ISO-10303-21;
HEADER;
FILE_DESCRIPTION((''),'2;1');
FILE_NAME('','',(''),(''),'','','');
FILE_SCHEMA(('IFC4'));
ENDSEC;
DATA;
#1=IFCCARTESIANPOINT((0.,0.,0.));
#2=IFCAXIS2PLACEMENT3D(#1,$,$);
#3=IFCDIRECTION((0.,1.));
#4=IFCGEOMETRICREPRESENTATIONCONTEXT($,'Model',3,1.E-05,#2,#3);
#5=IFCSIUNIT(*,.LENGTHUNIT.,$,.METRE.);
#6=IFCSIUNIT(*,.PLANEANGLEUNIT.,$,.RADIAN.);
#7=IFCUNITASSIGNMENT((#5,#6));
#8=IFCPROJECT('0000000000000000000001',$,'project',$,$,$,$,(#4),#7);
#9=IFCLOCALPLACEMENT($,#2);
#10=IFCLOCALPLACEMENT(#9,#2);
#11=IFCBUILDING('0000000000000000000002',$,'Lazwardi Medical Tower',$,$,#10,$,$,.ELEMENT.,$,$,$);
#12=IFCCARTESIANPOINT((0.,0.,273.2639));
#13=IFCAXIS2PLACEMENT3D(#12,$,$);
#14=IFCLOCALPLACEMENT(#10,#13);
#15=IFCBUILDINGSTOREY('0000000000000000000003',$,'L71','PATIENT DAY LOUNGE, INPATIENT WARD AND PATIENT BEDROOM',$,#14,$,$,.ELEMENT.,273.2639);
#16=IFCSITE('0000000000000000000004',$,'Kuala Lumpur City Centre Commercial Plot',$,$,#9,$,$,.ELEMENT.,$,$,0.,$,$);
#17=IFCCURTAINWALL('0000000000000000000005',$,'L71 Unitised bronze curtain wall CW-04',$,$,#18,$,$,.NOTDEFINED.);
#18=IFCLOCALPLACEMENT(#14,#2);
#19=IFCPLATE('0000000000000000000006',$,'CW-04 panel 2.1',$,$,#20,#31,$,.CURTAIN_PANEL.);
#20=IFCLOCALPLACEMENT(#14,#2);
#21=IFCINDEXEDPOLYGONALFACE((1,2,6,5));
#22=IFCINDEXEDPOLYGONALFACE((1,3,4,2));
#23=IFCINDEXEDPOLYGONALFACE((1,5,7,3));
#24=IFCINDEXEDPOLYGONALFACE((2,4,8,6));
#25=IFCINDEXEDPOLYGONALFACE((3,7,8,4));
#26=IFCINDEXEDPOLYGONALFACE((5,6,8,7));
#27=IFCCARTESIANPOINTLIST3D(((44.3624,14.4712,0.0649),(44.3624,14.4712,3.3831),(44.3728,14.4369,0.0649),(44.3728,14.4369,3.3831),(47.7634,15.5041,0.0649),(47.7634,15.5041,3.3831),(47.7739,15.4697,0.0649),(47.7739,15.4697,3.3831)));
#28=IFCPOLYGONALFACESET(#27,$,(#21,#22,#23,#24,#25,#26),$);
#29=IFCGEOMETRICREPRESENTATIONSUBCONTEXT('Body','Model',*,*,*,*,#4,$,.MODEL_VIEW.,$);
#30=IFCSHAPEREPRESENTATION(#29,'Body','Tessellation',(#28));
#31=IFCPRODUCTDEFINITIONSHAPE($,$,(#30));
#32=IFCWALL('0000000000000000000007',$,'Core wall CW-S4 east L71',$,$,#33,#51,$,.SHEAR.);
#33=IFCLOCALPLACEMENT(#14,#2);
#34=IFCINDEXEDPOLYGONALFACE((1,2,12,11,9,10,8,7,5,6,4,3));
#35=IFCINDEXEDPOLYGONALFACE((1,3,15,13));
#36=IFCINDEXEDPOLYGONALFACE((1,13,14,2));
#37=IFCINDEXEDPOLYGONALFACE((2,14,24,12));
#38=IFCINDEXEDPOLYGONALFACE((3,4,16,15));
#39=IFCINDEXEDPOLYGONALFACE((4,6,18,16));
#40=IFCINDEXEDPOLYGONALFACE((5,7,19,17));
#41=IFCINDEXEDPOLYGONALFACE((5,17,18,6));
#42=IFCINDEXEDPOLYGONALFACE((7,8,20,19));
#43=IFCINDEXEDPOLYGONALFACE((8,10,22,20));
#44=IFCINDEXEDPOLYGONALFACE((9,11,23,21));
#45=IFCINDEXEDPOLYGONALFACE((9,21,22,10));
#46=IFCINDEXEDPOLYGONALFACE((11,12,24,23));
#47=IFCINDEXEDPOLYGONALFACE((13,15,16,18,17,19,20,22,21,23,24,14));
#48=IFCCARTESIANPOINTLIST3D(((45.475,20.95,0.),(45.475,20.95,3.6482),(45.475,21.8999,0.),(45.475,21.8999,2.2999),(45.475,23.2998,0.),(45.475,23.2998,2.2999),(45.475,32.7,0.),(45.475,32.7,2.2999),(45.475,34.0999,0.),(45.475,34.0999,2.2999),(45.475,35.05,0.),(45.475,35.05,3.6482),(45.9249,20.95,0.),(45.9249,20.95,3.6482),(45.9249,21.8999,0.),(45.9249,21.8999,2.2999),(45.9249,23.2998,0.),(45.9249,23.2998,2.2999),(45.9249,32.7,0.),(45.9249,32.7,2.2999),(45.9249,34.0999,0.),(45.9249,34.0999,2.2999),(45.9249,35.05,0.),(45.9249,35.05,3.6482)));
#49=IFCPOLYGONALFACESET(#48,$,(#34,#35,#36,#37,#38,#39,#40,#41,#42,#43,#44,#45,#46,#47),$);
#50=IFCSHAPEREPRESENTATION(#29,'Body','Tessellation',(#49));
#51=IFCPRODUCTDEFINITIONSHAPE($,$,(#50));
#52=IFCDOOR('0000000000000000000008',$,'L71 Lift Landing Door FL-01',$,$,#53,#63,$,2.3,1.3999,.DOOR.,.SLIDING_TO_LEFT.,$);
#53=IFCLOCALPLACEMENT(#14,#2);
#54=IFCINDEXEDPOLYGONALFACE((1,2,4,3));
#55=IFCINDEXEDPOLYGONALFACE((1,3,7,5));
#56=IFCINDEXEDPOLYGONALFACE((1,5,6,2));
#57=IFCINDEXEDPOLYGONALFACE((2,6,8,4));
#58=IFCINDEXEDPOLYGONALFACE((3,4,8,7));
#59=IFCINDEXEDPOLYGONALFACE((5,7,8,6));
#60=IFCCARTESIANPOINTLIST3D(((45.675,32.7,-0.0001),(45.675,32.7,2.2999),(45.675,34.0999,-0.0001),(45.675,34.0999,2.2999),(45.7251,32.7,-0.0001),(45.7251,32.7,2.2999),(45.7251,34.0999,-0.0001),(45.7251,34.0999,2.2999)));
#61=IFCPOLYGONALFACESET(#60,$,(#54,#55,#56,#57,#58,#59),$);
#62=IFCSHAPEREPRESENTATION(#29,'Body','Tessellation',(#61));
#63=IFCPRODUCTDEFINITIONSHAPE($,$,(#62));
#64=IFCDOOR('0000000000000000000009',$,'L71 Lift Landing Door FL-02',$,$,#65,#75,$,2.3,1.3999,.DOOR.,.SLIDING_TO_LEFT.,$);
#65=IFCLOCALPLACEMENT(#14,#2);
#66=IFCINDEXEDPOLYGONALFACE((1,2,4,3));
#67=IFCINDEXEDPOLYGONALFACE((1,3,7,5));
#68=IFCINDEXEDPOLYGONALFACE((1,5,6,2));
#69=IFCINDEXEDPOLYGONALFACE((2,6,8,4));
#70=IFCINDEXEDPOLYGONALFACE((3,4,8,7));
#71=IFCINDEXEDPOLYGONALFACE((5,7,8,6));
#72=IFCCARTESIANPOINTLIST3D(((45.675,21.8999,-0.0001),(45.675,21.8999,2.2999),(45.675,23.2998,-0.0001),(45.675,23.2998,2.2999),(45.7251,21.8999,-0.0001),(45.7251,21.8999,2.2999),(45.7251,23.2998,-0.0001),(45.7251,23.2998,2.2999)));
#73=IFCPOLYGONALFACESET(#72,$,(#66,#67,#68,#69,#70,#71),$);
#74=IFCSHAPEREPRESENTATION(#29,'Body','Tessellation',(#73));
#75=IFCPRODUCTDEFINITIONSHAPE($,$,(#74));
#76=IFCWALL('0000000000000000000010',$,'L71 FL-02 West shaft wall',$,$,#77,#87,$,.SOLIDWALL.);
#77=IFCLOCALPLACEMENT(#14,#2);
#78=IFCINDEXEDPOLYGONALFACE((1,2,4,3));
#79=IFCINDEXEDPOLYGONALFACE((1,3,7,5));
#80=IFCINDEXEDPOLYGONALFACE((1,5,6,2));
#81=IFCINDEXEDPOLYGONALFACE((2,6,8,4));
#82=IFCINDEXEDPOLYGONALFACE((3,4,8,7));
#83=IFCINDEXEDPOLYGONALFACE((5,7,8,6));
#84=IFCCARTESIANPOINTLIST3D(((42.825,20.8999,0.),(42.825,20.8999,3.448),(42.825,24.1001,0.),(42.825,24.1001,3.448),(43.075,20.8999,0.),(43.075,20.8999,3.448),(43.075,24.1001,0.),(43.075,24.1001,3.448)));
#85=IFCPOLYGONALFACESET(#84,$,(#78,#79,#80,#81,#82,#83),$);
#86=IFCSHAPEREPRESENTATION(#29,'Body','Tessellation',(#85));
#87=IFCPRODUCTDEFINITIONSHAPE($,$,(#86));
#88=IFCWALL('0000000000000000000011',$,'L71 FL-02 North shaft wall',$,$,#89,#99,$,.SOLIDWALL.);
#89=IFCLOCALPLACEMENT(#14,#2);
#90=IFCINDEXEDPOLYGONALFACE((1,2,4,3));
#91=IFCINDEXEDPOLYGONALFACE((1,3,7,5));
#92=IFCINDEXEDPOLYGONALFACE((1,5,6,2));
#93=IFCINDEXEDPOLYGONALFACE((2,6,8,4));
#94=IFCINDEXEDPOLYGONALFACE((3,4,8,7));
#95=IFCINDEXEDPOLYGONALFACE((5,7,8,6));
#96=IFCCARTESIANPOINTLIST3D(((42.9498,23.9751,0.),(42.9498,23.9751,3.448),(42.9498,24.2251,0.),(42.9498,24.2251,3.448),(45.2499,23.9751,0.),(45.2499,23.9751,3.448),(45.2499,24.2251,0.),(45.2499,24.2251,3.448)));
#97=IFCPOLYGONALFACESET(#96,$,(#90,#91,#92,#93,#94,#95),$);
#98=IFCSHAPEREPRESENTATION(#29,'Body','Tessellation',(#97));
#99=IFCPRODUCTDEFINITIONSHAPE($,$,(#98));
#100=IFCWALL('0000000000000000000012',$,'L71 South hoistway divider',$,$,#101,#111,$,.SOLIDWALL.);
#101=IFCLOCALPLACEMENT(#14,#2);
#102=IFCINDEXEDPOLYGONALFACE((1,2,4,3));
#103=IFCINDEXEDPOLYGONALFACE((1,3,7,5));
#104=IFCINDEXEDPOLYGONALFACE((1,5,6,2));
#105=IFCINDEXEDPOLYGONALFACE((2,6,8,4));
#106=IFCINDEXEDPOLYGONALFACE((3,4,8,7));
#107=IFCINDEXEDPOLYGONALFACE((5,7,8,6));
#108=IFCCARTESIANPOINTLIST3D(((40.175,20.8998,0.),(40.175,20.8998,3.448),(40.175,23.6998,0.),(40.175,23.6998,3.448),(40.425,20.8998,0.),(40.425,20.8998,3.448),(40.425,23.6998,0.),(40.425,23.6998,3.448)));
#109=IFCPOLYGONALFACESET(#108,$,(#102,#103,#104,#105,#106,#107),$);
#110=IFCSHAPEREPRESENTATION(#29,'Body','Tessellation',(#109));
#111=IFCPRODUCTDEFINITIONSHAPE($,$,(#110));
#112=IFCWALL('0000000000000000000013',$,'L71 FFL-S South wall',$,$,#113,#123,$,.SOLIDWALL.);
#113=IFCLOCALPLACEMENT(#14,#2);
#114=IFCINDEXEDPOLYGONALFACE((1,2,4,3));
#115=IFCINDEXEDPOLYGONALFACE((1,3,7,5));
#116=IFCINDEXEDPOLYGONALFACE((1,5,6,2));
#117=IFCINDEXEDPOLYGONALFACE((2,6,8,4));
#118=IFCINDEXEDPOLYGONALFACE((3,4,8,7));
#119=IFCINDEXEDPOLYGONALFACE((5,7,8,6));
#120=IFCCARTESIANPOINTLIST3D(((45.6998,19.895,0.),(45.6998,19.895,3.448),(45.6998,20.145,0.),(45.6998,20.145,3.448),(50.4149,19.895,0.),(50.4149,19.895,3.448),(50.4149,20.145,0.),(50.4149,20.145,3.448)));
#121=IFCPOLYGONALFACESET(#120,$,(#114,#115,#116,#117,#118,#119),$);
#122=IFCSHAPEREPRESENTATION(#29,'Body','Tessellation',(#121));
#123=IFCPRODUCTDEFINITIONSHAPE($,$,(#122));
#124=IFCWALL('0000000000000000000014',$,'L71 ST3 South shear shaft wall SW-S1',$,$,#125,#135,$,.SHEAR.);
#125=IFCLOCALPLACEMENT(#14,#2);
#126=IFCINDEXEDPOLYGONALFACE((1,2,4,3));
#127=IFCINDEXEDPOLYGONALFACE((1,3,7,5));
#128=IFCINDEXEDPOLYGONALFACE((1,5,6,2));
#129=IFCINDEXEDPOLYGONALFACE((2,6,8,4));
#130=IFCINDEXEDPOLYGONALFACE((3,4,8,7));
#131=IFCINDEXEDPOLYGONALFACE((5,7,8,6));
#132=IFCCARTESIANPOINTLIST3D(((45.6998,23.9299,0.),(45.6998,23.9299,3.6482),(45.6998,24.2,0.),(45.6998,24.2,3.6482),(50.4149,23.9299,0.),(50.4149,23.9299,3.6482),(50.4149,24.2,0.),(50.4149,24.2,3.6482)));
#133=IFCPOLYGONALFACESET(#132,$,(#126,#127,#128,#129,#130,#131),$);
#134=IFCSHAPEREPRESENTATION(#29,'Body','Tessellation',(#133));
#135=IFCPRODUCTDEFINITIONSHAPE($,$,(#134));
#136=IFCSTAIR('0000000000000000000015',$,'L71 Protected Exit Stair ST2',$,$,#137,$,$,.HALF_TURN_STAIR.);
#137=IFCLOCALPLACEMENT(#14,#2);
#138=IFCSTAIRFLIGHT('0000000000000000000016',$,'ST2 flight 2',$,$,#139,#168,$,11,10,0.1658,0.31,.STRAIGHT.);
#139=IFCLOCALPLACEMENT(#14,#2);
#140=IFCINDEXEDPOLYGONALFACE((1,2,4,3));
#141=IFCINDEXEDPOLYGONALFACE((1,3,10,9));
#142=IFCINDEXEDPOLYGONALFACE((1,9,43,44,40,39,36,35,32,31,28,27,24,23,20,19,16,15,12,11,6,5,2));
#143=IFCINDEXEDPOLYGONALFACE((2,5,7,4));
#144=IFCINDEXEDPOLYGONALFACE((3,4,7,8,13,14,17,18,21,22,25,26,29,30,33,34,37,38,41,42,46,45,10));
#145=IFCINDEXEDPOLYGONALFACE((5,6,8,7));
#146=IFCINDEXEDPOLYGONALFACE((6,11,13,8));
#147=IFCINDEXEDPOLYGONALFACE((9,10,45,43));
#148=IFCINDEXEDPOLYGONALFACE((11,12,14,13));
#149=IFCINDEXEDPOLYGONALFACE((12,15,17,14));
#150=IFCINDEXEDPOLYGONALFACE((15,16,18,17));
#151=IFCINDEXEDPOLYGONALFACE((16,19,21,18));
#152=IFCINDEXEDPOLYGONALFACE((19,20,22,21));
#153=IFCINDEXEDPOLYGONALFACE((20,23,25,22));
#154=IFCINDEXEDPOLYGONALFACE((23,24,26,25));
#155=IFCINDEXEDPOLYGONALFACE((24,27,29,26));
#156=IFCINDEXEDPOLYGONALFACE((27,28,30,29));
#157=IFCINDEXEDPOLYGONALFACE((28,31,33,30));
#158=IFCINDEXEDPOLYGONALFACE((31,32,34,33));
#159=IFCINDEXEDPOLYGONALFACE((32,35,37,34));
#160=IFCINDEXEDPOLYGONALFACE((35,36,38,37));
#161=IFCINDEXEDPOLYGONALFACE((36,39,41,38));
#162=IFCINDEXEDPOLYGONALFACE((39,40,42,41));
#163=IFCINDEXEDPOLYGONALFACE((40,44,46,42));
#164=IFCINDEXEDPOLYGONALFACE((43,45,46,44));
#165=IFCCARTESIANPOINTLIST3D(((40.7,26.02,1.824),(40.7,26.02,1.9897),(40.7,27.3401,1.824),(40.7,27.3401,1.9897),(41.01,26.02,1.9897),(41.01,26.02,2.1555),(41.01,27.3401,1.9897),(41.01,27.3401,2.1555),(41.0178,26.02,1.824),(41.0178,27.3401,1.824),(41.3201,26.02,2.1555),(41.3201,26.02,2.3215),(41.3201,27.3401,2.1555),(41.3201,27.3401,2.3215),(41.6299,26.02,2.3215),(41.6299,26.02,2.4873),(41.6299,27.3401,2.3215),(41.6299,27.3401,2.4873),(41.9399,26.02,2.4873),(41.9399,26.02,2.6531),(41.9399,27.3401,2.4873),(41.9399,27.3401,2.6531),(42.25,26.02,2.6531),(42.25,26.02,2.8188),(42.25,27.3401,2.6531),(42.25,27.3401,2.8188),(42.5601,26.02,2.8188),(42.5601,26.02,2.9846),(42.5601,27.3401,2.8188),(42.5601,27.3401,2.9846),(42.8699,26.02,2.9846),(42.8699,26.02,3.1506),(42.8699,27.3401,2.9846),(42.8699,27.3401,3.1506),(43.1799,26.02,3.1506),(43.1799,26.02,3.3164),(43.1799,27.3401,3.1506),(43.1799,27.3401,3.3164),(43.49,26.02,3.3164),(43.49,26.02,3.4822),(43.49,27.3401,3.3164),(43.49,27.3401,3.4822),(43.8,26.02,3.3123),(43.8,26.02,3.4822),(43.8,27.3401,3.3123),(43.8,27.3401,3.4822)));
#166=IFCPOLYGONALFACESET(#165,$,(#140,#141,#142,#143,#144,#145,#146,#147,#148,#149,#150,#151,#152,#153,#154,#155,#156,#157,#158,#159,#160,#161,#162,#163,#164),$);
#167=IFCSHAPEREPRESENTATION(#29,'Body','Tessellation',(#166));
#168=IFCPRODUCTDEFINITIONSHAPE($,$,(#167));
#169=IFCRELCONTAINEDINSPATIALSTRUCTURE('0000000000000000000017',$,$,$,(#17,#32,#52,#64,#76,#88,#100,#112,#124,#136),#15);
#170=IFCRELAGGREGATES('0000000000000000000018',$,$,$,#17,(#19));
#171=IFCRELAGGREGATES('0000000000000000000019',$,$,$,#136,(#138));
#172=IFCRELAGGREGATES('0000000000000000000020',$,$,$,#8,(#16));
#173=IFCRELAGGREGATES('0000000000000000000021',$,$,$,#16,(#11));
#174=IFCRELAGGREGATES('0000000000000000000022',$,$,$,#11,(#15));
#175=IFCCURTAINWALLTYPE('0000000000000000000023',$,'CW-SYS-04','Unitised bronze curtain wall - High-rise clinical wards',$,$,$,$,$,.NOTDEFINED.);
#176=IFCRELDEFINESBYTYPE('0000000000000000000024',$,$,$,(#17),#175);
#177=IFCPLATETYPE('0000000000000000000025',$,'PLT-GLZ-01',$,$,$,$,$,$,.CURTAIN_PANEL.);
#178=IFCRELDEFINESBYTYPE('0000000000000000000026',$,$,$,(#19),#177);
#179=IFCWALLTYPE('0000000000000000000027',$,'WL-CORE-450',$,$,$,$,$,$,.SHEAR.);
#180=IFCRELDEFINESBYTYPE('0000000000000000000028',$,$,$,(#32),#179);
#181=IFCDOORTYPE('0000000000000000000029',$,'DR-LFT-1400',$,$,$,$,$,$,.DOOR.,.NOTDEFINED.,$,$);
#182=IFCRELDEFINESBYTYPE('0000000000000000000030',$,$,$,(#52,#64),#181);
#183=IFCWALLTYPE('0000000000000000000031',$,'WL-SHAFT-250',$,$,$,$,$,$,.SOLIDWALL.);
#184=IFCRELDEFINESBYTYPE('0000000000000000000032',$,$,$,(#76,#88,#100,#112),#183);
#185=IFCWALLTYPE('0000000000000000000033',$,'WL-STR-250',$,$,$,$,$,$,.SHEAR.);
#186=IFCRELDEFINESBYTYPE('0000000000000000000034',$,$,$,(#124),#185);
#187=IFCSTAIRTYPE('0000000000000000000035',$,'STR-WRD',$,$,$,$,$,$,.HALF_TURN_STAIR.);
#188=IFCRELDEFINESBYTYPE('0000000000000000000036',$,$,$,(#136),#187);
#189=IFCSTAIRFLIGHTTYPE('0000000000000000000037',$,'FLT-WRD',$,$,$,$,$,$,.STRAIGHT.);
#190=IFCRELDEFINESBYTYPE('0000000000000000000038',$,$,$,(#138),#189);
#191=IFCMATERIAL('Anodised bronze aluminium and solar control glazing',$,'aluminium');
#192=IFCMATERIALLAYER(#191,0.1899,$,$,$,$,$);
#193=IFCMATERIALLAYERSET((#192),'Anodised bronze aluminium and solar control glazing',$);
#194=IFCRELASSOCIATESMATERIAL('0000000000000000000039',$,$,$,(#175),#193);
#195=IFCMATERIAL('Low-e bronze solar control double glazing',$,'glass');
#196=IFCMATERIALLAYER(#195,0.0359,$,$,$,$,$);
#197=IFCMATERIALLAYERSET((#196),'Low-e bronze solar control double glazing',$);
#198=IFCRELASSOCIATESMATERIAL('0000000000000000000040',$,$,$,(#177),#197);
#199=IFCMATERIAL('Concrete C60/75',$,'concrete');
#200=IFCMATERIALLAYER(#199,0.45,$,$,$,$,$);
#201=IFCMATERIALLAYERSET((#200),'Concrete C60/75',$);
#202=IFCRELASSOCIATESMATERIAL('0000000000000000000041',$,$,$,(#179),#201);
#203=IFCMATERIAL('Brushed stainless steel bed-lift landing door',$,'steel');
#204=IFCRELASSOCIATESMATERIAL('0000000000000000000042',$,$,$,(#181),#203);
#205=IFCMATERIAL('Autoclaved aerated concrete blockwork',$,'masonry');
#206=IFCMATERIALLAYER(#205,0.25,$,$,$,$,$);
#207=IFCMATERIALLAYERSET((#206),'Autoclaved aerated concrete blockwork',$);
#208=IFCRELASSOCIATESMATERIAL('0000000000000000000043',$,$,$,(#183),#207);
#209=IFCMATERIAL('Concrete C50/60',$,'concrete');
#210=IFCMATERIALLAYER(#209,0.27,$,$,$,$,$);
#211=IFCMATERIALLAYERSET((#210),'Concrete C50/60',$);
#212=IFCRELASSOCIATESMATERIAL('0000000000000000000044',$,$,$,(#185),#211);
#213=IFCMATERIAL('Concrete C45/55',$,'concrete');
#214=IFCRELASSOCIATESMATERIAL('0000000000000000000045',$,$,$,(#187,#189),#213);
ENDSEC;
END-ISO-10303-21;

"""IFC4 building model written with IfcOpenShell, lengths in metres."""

from ifc_helpers import new_model, si_unit, direction, frame, frame_2d, origin, origin_2d, place, context, subcontext, project, spatial, polyline, rectangle, outline, extrude, material, layer, layer_set, type_object, element, fill, aggregate, save


model = new_model("IFC4")

# Units and contexts
model_context = context("Model", 3, precision=1e-05, world=origin(), true_north=direction((0.0, 1.0)))
body_context = subcontext(model_context, "Body", "Model", "MODEL_VIEW")
ifc_project = project(units=[si_unit("LENGTHUNIT", "METRE"), si_unit("PLANEANGLEUNIT", "RADIAN")], contexts=[model_context])

# Site, building, storey
site_placement = place(None, origin())
site = spatial("IfcSite", under=ifc_project, at=site_placement, Name="Kuala Lumpur City Centre Commercial Plot", CompositionType="ELEMENT", RefElevation=0.0)
building_placement = place(site_placement, origin())
building = spatial("IfcBuilding", under=site, at=building_placement, Name="Lazwardi Medical Tower", CompositionType="ELEMENT")
storey_placement = place(building_placement, frame((0.0, 0.0, 273.2639)))
storey = spatial("IfcBuildingStorey", under=building, at=storey_placement, Name="L71", Description="PATIENT DAY LOUNGE, INPATIENT WARD AND PATIENT BEDROOM", CompositionType="ELEMENT", Elevation=273.2639)

# Shared definitions
ifc_material_1 = material(Name="Concrete C60/75", Category="concrete")

# Curtain wall, plate
ifc_material_2 = material(Name="Anodised bronze aluminium and solar control glazing", Category="aluminium")
ifc_layer_1 = layer(ifc_material_2, 0.1899)
ifc_layer_set_1 = layer_set([ifc_layer_1], Name="Anodised bronze aluminium and solar control glazing")
curtain_wall_type = type_object("IfcCurtainWallType", Name="CW-SYS-04", Description="Unitised bronze curtain wall - High-rise clinical wards", PredefinedType="NOTDEFINED", material=ifc_layer_set_1)
curtain_wall_placement = place(storey_placement, origin())
curtain_wall = element("IfcCurtainWall", 1, at=curtain_wall_placement, inside=storey, type_object=curtain_wall_type, Name="L71 Unitised bronze curtain wall CW-04", PredefinedType="NOTDEFINED")
ifc_material_3 = material(Name="Low-e bronze solar control double glazing", Category="glass")
ifc_layer_2 = layer(ifc_material_3, 0.0359)
ifc_layer_set_2 = layer_set([ifc_layer_2], Name="Low-e bronze solar control double glazing")
plate_type = type_object("IfcPlateType", Name="PLT-GLZ-01", PredefinedType="CURTAIN_PANEL", material=ifc_layer_set_2)
plate_1_placement = place(storey_placement, frame((46.0681, 14.9705, 0.0649), z_axis=(0.0, 0.0, 1.0), x_axis=(0.95685, 0.290582, 0.0)))
plate_1 = element("IfcPlate", 2, at=plate_1_placement, type_object=plate_type, Name="CW-04 panel 2.1", PredefinedType="CURTAIN_PANEL", context=body_context, shape_type="SweptSolid", body=[
    extrude(rectangle(XDim=3.5544, YDim=0.0359, at=origin_2d()), origin(), (0.0, 0.0, 1.0), 3.3181),
])
aggregate(curtain_wall, [plate_1])

# Wall, openings, doors
ifc_layer_3 = layer(ifc_material_1, 0.45)
ifc_layer_set_3 = layer_set([ifc_layer_3], Name="Concrete C60/75")
wall_type_1 = type_object("IfcWallType", Name="WL-CORE-450", PredefinedType="SHEAR", material=ifc_layer_set_3)
wall_1_placement = place(storey_placement, frame((45.7, 20.95, 0.0), z_axis=(0.0, 0.0, 1.0), x_axis=(0.0, 1.0, 0.0)))
wall_1 = element("IfcWall", 3, at=wall_1_placement, inside=storey, type_object=wall_type_1, Name="Core wall CW-S4 east L71", PredefinedType="SHEAR", context=body_context, shape_type="SweptSolid", body=[
    extrude(rectangle(XDim=14.1001, YDim=0.45, at=frame_2d((7.05, 0.0))), origin(), (0.0, 0.0, 1.0), 3.6482),
])
opening_1_placement = place(wall_1_placement, frame((11.75, 0.0, 0.0)))
opening_1 = element("IfcOpeningElement", 4, at=opening_1_placement, cuts=wall_1, PredefinedType="OPENING", context=body_context, shape_type="SweptSolid", body=[
    extrude(rectangle(XDim=1.3999, YDim=2.3, at=frame_2d((0.7, 1.1499))), frame((0.0, 0.2349, 0.0), z_axis=(0.0, -1.0, 0.0), x_axis=(1.0, 0.0, 0.0)), (0.0, 0.0, 1.0), 0.47),
])
opening_2_placement = place(wall_1_placement, frame((0.95, 0.0, 0.0)))
opening_2 = element("IfcOpeningElement", 5, at=opening_2_placement, cuts=wall_1, PredefinedType="OPENING", context=body_context, shape_type="SweptSolid", body=[
    extrude(rectangle(XDim=1.3999, YDim=2.3, at=frame_2d((0.7, 1.1499))), frame((0.0, 0.2349, 0.0), z_axis=(0.0, -1.0, 0.0), x_axis=(1.0, 0.0, 0.0)), (0.0, 0.0, 1.0), 0.47),
])
ifc_material_4 = material(Name="Brushed stainless steel bed-lift landing door", Category="steel")
door_type = type_object("IfcDoorType", Name="DR-LFT-1400", OperationType="NOTDEFINED", PredefinedType="DOOR", material=ifc_material_4)
door_1_placement = place(opening_1_placement, origin())
door_1 = element("IfcDoor", 6, at=door_1_placement, inside=storey, type_object=door_type, Name="L71 Lift Landing Door FL-01", OperationType="SLIDING_TO_LEFT", OverallHeight=2.3, OverallWidth=1.3999, PredefinedType="DOOR", context=body_context, shape_type="SweptSolid", body=[
    extrude(rectangle(XDim=1.3999, YDim=2.3, at=frame_2d((0.7, 1.1499))), frame((0.0, 0.0249, 0.0), z_axis=(0.0, -1.0, 0.0), x_axis=(1.0, 0.0, 0.0)), (0.0, 0.0, 1.0), 0.05),
])
fill(opening_1, door_1)
door_2_placement = place(opening_2_placement, origin())
door_2 = element("IfcDoor", 7, at=door_2_placement, inside=storey, type_object=door_type, Name="L71 Lift Landing Door FL-02", OperationType="SLIDING_TO_LEFT", OverallHeight=2.3, OverallWidth=1.3999, PredefinedType="DOOR", context=body_context, shape_type="SweptSolid", body=[
    extrude(rectangle(XDim=1.3999, YDim=2.3, at=frame_2d((0.7, 1.1499))), frame((0.0, 0.0249, 0.0), z_axis=(0.0, -1.0, 0.0), x_axis=(1.0, 0.0, 0.0)), (0.0, 0.0, 1.0), 0.05),
])
fill(opening_2, door_2)

# Walls
ifc_material_5 = material(Name="Autoclaved aerated concrete blockwork", Category="masonry")
ifc_layer_4 = layer(ifc_material_5, 0.25)
ifc_layer_set_4 = layer_set([ifc_layer_4], Name="Autoclaved aerated concrete blockwork")
wall_type_2 = type_object("IfcWallType", Name="WL-SHAFT-250", PredefinedType="SOLIDWALL", material=ifc_layer_set_4)
wall_2_placement = place(storey_placement, frame((42.95, 20.8999, 0.0), z_axis=(0.0, 0.0, 1.0), x_axis=(0.0, 1.0, 0.0)))
element("IfcWall", 8, at=wall_2_placement, inside=storey, type_object=wall_type_2, Name="L71 FL-02 West shaft wall", PredefinedType="SOLIDWALL", context=body_context, shape_type="SweptSolid", body=[
    extrude(rectangle(XDim=3.2002, YDim=0.25, at=frame_2d((1.6001, 0.0))), origin(), (0.0, 0.0, 1.0), 3.448),
])
wall_3_placement = place(storey_placement, frame((42.95, 24.1001, 0.0), z_axis=(0.0, 0.0, 1.0), x_axis=(1.0, 0.0, 0.0)))
element("IfcWall", 9, at=wall_3_placement, inside=storey, type_object=wall_type_2, Name="L71 FL-02 North shaft wall", PredefinedType="SOLIDWALL", context=body_context, shape_type="SweptSolid", body=[
    extrude(rectangle(XDim=2.3, YDim=0.25, at=frame_2d((1.1499, 0.0))), origin(), (0.0, 0.0, 1.0), 3.448),
])
wall_4_placement = place(storey_placement, frame((40.3, 20.8999, 0.0), z_axis=(0.0, 0.0, 1.0), x_axis=(0.0, 1.0, 0.0)))
element("IfcWall", 10, at=wall_4_placement, inside=storey, type_object=wall_type_2, Name="L71 South hoistway divider", PredefinedType="SOLIDWALL", context=body_context, shape_type="SweptSolid", body=[
    extrude(rectangle(XDim=2.8, YDim=0.25, at=frame_2d((1.3999, 0.0))), origin(), (0.0, 0.0, 1.0), 3.448),
])
wall_5_placement = place(storey_placement, frame((45.7, 20.02, 0.0), z_axis=(0.0, 0.0, 1.0), x_axis=(1.0, 0.0, 0.0)))
element("IfcWall", 11, at=wall_5_placement, inside=storey, type_object=wall_type_2, Name="L71 FFL-S South wall", PredefinedType="SOLIDWALL", context=body_context, shape_type="SweptSolid", body=[
    extrude(rectangle(XDim=4.7151, YDim=0.25, at=frame_2d((2.3574, 0.0))), origin(), (0.0, 0.0, 1.0), 3.448),
])
ifc_material_6 = material(Name="Concrete C50/60", Category="concrete")
ifc_layer_5 = layer(ifc_material_6, 0.27)
ifc_layer_set_5 = layer_set([ifc_layer_5], Name="Concrete C50/60")
wall_type_3 = type_object("IfcWallType", Name="WL-STR-250", PredefinedType="SHEAR", material=ifc_layer_set_5)
wall_6_placement = place(storey_placement, frame((45.7, 24.0649, 0.0), z_axis=(0.0, 0.0, 1.0), x_axis=(1.0, 0.0, 0.0)))
element("IfcWall", 12, at=wall_6_placement, inside=storey, type_object=wall_type_3, Name="L71 ST3 South shear shaft wall SW-S1", PredefinedType="SHEAR", context=body_context, shape_type="SweptSolid", body=[
    extrude(rectangle(XDim=4.7151, YDim=0.27, at=frame_2d((2.3574, 0.0))), origin(), (0.0, 0.0, 1.0), 3.6482),
])

# Stair, stair flight
ifc_material_7 = material(Name="Concrete C45/55", Category="concrete")
stair_type = type_object("IfcStairType", Name="STR-WRD", PredefinedType="HALF_TURN_STAIR", material=ifc_material_7)
stair_placement = place(storey_placement, origin())
stair = element("IfcStair", 13, at=stair_placement, inside=storey, type_object=stair_type, Name="L71 Protected Exit Stair ST2", PredefinedType="HALF_TURN_STAIR")
stair_flight_type = type_object("IfcStairFlightType", Name="FLT-WRD", PredefinedType="STRAIGHT", material=ifc_material_7)
stair_flight_placement = place(storey_placement, frame((40.7, 26.6799, 1.824), z_axis=(0.0, 0.0, 1.0), x_axis=(1.0, 0.0, 0.0)))
stair_flight = element("IfcStairFlight", 14, at=stair_flight_placement, type_object=stair_flight_type, Name="ST2 flight 2", NumberOfRisers=11, NumberOfTreads=10, PredefinedType="STRAIGHT", RiserHeight=0.1658, TreadLength=0.31, context=body_context, shape_type="SweptSolid", body=[
    extrude(outline(polyline([(0.0, 0.0), (0.0, 0.1658), (0.3101, 0.1658), (0.3101, 0.3315), (0.6201, 0.3315), (0.6201, 0.4976), (0.9299, 0.4976), (0.9299, 0.6633), (1.24, 0.6633), (1.24, 0.8291), (1.55, 0.8291), (1.55, 0.9949), (1.8601, 0.9949), (1.8601, 1.1606), (2.1699, 1.1606), (2.1699, 1.3267), (2.48, 1.3267), (2.48, 1.4924), (2.79, 1.4924), (2.79, 1.6582), (3.1001, 1.6582), (3.1001, 1.824), (3.1001, 1.4883), (0.3179, 0.0), (0.0, 0.0)])), frame((0.0, 0.6602, 0.0), z_axis=(0.0, -1.0, 0.0), x_axis=(1.0, 0.0, 0.0)), (0.0, 0.0, 1.0), 1.3201),
])
aggregate(stair, [stair_flight])

save(model, "model.ifc")
